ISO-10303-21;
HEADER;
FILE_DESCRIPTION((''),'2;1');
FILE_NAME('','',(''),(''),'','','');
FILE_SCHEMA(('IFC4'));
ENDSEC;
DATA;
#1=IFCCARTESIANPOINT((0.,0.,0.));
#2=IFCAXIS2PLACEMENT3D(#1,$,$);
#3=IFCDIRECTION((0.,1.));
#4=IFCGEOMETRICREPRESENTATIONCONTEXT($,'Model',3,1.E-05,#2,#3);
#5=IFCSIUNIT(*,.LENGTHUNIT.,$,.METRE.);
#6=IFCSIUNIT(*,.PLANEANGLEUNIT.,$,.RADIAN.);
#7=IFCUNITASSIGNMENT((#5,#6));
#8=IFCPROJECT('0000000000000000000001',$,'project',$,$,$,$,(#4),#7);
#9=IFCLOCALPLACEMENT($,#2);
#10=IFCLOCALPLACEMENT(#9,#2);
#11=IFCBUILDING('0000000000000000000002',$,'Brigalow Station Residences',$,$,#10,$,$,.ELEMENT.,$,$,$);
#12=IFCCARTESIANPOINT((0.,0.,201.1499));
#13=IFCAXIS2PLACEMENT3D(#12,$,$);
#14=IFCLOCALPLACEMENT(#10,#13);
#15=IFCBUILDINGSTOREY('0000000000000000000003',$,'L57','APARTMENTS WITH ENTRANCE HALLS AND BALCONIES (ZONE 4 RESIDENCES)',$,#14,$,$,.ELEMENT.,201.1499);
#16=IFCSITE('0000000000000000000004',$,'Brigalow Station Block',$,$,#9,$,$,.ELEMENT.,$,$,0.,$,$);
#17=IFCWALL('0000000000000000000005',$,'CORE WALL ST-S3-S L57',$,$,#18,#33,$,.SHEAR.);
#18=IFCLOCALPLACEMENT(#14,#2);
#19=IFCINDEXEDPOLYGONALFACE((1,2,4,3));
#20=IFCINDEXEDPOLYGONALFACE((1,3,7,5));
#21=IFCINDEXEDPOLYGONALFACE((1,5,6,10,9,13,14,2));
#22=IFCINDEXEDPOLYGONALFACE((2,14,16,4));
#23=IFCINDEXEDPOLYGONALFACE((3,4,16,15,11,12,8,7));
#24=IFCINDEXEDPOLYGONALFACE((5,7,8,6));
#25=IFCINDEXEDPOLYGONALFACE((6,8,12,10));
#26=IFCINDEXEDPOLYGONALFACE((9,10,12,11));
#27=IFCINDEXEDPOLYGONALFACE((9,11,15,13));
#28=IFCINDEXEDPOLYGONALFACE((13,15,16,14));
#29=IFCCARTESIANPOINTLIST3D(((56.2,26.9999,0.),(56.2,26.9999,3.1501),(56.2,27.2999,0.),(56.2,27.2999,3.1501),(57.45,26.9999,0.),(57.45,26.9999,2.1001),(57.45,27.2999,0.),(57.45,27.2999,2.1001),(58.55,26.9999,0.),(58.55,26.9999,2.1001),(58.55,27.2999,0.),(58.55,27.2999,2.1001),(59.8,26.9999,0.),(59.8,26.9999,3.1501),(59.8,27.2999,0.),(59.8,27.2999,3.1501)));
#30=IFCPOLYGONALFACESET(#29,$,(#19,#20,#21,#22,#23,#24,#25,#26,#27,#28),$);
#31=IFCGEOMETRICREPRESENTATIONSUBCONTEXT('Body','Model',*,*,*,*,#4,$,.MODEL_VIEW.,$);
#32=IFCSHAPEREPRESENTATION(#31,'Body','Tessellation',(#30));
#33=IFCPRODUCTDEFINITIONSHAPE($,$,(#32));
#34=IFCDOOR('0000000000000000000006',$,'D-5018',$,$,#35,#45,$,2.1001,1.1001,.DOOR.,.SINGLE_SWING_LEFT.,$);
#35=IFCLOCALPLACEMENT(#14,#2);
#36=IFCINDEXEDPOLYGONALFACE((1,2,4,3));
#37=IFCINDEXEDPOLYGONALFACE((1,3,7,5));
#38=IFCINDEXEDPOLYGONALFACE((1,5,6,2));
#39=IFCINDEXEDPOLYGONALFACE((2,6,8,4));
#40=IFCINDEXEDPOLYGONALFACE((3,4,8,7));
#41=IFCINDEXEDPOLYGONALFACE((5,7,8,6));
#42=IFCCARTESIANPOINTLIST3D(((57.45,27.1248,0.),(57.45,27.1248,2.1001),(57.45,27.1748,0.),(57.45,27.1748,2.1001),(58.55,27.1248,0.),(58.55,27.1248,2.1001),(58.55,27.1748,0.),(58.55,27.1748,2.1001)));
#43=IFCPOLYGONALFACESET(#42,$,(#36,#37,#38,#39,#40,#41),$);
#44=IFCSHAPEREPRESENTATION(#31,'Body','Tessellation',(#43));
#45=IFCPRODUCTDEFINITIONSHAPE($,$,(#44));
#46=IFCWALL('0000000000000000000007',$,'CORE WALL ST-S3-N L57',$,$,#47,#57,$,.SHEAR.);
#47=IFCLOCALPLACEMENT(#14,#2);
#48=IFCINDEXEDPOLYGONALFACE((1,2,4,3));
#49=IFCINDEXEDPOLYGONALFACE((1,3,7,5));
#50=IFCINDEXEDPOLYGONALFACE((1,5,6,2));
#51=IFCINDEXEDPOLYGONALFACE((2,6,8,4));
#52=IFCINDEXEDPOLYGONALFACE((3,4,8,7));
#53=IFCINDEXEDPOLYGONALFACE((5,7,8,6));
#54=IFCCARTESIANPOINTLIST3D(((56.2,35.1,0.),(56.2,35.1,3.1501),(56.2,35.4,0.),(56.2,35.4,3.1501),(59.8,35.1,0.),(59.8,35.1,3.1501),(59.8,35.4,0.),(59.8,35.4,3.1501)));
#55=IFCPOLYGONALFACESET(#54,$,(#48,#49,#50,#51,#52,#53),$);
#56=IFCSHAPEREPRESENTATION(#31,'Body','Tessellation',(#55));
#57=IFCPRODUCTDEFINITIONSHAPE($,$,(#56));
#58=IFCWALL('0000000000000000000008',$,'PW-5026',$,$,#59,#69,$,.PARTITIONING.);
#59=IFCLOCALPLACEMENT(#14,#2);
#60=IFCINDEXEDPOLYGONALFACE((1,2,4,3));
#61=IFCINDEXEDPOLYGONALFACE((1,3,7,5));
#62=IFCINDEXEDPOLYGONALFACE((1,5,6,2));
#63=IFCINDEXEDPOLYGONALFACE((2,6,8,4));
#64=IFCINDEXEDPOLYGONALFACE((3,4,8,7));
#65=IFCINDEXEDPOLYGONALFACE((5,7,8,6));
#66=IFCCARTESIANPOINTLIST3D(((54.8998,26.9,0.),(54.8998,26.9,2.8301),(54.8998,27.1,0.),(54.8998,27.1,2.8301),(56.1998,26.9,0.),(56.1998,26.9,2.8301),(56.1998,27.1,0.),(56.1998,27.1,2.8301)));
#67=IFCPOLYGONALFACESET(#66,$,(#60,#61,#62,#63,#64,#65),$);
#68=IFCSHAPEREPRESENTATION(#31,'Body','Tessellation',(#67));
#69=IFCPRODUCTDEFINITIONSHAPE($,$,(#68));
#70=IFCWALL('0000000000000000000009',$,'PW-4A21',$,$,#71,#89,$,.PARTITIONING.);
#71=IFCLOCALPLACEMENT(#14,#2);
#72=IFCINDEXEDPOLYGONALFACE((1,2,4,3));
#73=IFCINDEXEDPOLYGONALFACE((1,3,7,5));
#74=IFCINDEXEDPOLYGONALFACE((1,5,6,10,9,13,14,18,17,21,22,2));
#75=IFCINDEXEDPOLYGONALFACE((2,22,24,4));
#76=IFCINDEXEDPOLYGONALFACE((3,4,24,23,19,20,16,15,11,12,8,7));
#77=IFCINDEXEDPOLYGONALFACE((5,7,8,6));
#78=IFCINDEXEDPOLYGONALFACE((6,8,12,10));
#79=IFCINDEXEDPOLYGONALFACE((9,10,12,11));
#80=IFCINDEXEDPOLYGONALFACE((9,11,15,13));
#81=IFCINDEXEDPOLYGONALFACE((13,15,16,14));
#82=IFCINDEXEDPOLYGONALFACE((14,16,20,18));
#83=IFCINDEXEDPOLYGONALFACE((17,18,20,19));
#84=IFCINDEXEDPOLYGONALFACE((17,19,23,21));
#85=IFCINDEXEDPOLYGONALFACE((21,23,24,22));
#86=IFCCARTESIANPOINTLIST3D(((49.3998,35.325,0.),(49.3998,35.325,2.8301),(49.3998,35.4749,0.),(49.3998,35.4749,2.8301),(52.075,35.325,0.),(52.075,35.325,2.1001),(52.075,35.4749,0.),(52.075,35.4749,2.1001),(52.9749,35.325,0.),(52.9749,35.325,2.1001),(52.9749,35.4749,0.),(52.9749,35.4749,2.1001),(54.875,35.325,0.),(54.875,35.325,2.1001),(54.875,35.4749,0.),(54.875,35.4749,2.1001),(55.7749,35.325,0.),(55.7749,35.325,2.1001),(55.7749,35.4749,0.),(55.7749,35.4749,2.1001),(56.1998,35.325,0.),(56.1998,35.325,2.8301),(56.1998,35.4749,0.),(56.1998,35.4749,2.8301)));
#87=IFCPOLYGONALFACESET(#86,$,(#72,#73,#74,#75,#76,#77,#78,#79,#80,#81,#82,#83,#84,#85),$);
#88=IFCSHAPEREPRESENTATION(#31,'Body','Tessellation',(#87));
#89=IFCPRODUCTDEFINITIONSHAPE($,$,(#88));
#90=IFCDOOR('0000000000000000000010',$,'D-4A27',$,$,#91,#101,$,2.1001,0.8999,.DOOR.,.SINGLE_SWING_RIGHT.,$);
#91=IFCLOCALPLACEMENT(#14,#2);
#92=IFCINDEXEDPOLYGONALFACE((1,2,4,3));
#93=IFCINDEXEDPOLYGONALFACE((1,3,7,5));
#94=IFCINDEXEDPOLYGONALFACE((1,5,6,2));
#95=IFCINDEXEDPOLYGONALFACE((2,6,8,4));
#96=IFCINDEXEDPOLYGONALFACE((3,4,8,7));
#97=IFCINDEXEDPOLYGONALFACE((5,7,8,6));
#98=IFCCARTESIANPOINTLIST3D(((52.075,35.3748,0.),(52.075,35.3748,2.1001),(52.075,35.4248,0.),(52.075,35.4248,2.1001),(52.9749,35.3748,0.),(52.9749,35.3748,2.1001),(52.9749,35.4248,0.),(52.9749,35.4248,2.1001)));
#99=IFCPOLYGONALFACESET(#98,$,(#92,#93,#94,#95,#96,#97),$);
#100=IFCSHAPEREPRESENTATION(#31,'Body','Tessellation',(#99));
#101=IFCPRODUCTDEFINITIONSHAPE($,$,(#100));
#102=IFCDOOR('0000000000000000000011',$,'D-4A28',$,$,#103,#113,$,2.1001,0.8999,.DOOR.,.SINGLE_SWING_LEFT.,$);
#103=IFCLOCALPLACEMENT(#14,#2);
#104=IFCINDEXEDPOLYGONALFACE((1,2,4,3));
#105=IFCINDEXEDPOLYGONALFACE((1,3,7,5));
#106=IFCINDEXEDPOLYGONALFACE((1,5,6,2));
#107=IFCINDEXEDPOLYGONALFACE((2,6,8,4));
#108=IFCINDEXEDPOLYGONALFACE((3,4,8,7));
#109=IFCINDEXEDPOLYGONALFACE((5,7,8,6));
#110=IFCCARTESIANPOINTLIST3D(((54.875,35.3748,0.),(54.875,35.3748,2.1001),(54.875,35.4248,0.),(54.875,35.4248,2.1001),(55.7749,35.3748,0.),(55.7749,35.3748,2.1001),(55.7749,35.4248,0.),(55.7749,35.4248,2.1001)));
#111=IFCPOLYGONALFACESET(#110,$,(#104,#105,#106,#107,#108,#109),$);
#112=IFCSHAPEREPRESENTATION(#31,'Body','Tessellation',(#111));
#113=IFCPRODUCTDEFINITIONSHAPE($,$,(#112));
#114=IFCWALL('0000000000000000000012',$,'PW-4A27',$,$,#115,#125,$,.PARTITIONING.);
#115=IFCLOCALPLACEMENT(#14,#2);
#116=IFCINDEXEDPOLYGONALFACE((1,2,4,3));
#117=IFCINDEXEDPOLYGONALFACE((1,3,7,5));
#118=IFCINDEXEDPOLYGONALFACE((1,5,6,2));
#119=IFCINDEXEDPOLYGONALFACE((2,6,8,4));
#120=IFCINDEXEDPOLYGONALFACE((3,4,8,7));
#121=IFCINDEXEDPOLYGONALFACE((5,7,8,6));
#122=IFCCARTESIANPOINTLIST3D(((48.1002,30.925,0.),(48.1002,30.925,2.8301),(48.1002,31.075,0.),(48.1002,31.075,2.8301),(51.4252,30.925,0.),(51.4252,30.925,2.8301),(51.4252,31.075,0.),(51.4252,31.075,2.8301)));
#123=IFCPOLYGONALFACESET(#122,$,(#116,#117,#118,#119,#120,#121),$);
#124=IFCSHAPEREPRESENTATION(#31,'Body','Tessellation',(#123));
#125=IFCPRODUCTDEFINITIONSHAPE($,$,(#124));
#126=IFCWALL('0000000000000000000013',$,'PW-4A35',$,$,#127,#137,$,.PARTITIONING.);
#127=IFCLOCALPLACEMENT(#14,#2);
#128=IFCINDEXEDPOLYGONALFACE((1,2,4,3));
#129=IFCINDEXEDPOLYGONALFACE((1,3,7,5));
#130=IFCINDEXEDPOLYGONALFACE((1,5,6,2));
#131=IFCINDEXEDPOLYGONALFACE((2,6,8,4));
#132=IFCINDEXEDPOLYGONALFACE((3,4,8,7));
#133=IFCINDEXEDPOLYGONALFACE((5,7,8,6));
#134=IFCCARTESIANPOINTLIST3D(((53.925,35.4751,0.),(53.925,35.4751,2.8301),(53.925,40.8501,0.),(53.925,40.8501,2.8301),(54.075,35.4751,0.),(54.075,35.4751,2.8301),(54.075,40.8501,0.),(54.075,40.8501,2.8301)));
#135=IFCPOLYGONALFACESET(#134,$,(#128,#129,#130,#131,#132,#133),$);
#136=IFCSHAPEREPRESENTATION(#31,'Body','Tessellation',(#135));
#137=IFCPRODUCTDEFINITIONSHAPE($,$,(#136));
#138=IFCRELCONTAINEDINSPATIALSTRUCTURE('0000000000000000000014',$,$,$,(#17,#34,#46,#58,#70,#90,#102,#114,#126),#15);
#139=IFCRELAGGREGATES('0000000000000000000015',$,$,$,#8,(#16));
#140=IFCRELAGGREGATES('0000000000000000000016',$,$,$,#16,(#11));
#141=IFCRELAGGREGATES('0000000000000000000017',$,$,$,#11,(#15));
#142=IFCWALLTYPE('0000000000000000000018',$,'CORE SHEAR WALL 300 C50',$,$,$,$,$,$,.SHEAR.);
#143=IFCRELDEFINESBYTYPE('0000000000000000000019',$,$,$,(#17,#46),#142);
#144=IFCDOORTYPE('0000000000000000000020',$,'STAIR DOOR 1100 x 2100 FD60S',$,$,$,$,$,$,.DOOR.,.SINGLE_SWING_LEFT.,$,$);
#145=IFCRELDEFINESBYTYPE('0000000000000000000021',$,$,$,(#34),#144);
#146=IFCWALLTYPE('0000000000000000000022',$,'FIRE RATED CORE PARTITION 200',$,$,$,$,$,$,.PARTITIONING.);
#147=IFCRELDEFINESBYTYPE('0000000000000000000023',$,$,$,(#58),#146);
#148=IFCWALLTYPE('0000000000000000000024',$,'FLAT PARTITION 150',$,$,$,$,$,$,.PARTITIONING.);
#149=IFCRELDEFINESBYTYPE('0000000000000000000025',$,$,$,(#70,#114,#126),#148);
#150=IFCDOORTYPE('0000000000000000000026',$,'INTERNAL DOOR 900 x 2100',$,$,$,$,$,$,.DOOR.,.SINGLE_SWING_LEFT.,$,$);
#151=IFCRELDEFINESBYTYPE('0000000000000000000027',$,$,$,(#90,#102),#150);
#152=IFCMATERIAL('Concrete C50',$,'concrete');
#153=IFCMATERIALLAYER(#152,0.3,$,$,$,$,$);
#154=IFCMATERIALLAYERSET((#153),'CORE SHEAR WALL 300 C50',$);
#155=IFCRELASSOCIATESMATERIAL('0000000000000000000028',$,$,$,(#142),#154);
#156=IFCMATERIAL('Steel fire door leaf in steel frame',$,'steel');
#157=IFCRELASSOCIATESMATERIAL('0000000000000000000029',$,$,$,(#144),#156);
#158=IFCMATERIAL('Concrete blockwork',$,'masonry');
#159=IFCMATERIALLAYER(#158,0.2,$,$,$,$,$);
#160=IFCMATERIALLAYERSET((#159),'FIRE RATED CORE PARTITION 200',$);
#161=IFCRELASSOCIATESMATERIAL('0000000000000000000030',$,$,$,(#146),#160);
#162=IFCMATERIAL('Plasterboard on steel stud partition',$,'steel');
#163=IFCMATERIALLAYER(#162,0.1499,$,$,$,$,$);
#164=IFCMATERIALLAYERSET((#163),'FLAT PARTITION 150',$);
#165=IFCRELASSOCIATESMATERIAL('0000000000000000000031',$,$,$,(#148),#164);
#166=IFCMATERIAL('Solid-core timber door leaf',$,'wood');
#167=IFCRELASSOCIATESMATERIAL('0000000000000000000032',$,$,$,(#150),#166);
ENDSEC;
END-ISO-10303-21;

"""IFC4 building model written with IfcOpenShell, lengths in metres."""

from ifc_helpers import new_model, si_unit, direction, frame, frame_2d, origin, place, context, subcontext, project, spatial, rectangle, extrude, material, layer, layer_set, type_object, element, fill, save


model = new_model("IFC4")

# Units and contexts
model_context = context("Model", 3, precision=1e-05, world=origin(), true_north=direction((0.0, 1.0)))
body_context = subcontext(model_context, "Body", "Model", "MODEL_VIEW")
ifc_project = project(units=[si_unit("LENGTHUNIT", "METRE"), si_unit("PLANEANGLEUNIT", "RADIAN")], contexts=[model_context])

# Site, building, storey
site_placement = place(None, origin())
site = spatial("IfcSite", under=ifc_project, at=site_placement, Name="Brigalow Station Block", CompositionType="ELEMENT", RefElevation=0.0)
building_placement = place(site_placement, origin())
building = spatial("IfcBuilding", under=site, at=building_placement, Name="Brigalow Station Residences", CompositionType="ELEMENT")
storey_placement = place(building_placement, frame((0.0, 0.0, 201.1499)))
storey = spatial("IfcBuildingStorey", under=building, at=storey_placement, Name="L57", Description="APARTMENTS WITH ENTRANCE HALLS AND BALCONIES (ZONE 4 RESIDENCES)", CompositionType="ELEMENT", Elevation=201.1499)

# Wall, opening, door
ifc_material_1 = material(Name="Concrete C50", Category="concrete")
ifc_layer_1 = layer(ifc_material_1, 0.3)
ifc_layer_set_1 = layer_set([ifc_layer_1], Name="CORE SHEAR WALL 300 C50")
wall_type_1 = type_object("IfcWallType", Name="CORE SHEAR WALL 300 C50", PredefinedType="SHEAR", material=ifc_layer_set_1)
wall_1_placement = place(storey_placement, frame((56.2, 27.1499, 0.0), z_axis=(0.0, 0.0, 1.0), x_axis=(1.0, 0.0, 0.0)))
wall_1 = element("IfcWall", 1, at=wall_1_placement, inside=storey, type_object=wall_type_1, Name="CORE WALL ST-S3-S L57", PredefinedType="SHEAR", context=body_context, shape_type="SweptSolid", body=[
    extrude(rectangle(XDim=3.6001, YDim=0.3, at=frame_2d((1.8, 0.0))), origin(), (0.0, 0.0, 1.0), 3.1501),
])
opening_1_placement = place(wall_1_placement, frame((1.25, 0.0, 0.0)))
opening_1 = element("IfcOpeningElement", 2, at=opening_1_placement, cuts=wall_1, PredefinedType="OPENING", context=body_context, shape_type="SweptSolid", body=[
    extrude(rectangle(XDim=1.1001, YDim=2.1001, at=frame_2d((0.55, 1.05))), frame((0.0, 0.1602, 0.0), z_axis=(0.0, -1.0, 0.0), x_axis=(1.0, 0.0, 0.0)), (0.0, 0.0, 1.0), 0.3201),
])
ifc_material_2 = material(Name="Steel fire door leaf in steel frame", Category="steel")
door_type_1 = type_object("IfcDoorType", Name="STAIR DOOR 1100 x 2100 FD60S", OperationType="SINGLE_SWING_LEFT", PredefinedType="DOOR", material=ifc_material_2)
door_1_placement = place(opening_1_placement, origin())
door_1 = element("IfcDoor", 3, at=door_1_placement, inside=storey, type_object=door_type_1, Name="D-5018", OperationType="SINGLE_SWING_LEFT", OverallHeight=2.1001, OverallWidth=1.1001, PredefinedType="DOOR", context=body_context, shape_type="SweptSolid", body=[
    extrude(rectangle(XDim=1.1001, YDim=2.1001, at=frame_2d((0.55, 1.05))), frame((0.0, 0.0249, 0.0), z_axis=(0.0, -1.0, 0.0), x_axis=(1.0, 0.0, 0.0)), (0.0, 0.0, 1.0), 0.05),
])
fill(opening_1, door_1)

# Walls
wall_2_placement = place(storey_placement, frame((56.2, 35.25, 0.0), z_axis=(0.0, 0.0, 1.0), x_axis=(1.0, 0.0, 0.0)))
element("IfcWall", 4, at=wall_2_placement, inside=storey, type_object=wall_type_1, Name="CORE WALL ST-S3-N L57", PredefinedType="SHEAR", context=body_context, shape_type="SweptSolid", body=[
    extrude(rectangle(XDim=3.6001, YDim=0.3, at=frame_2d((1.8, 0.0))), origin(), (0.0, 0.0, 1.0), 3.1501),
])
ifc_material_3 = material(Name="Concrete blockwork", Category="masonry")
ifc_layer_2 = layer(ifc_material_3, 0.2)
ifc_layer_set_2 = layer_set([ifc_layer_2], Name="FIRE RATED CORE PARTITION 200")
wall_type_2 = type_object("IfcWallType", Name="FIRE RATED CORE PARTITION 200", PredefinedType="PARTITIONING", material=ifc_layer_set_2)
wall_3_placement = place(storey_placement, frame((54.8999, 27.0, 0.0), z_axis=(0.0, 0.0, 1.0), x_axis=(1.0, 0.0, 0.0)))
element("IfcWall", 5, at=wall_3_placement, inside=storey, type_object=wall_type_2, Name="PW-5026", PredefinedType="PARTITIONING", context=body_context, shape_type="SweptSolid", body=[
    extrude(rectangle(XDim=1.3, YDim=0.2, at=frame_2d((0.6499, 0.0))), origin(), (0.0, 0.0, 1.0), 2.8301),
])

# Wall, openings, doors
ifc_material_4 = material(Name="Plasterboard on steel stud partition", Category="steel")
ifc_layer_3 = layer(ifc_material_4, 0.1499)
ifc_layer_set_3 = layer_set([ifc_layer_3], Name="FLAT PARTITION 150")
wall_type_3 = type_object("IfcWallType", Name="FLAT PARTITION 150", PredefinedType="PARTITIONING", material=ifc_layer_set_3)
wall_4_placement = place(storey_placement, frame((49.3999, 35.3999, 0.0), z_axis=(0.0, 0.0, 1.0), x_axis=(1.0, 0.0, 0.0)))
wall_4 = element("IfcWall", 6, at=wall_4_placement, inside=storey, type_object=wall_type_3, Name="PW-4A21", PredefinedType="PARTITIONING", context=body_context, shape_type="SweptSolid", body=[
    extrude(rectangle(XDim=6.8, YDim=0.1499, at=frame_2d((3.3999, 0.0))), origin(), (0.0, 0.0, 1.0), 2.8301),
])
opening_2_placement = place(wall_4_placement, frame((2.675, 0.0, 0.0)))
opening_2 = element("IfcOpeningElement", 7, at=opening_2_placement, cuts=wall_4, PredefinedType="OPENING", context=body_context, shape_type="SweptSolid", body=[
    extrude(rectangle(XDim=0.8999, YDim=2.1001, at=frame_2d((0.45, 1.05))), frame((0.0, 0.085, 0.0), z_axis=(0.0, -1.0, 0.0), x_axis=(1.0, 0.0, 0.0)), (0.0, 0.0, 1.0), 0.1699),
])
opening_3_placement = place(wall_4_placement, frame((5.4751, 0.0, 0.0)))
opening_3 = element("IfcOpeningElement", 8, at=opening_3_placement, cuts=wall_4, PredefinedType="OPENING", context=body_context, shape_type="SweptSolid", body=[
    extrude(rectangle(XDim=0.8999, YDim=2.1001, at=frame_2d((0.45, 1.05))), frame((0.0, 0.085, 0.0), z_axis=(0.0, -1.0, 0.0), x_axis=(1.0, 0.0, 0.0)), (0.0, 0.0, 1.0), 0.1699),
])
ifc_material_5 = material(Name="Solid-core timber door leaf", Category="wood")
door_type_2 = type_object("IfcDoorType", Name="INTERNAL DOOR 900 x 2100", OperationType="SINGLE_SWING_LEFT", PredefinedType="DOOR", material=ifc_material_5)
door_2_placement = place(opening_2_placement, origin())
door_2 = element("IfcDoor", 9, at=door_2_placement, inside=storey, type_object=door_type_2, Name="D-4A27", OperationType="SINGLE_SWING_RIGHT", OverallHeight=2.1001, OverallWidth=0.8999, PredefinedType="DOOR", context=body_context, shape_type="SweptSolid", body=[
    extrude(rectangle(XDim=0.8999, YDim=2.1001, at=frame_2d((0.45, 1.05))), frame((0.0, 0.0249, 0.0), z_axis=(0.0, -1.0, 0.0), x_axis=(1.0, 0.0, 0.0)), (0.0, 0.0, 1.0), 0.05),
])
fill(opening_2, door_2)
door_3_placement = place(opening_3_placement, origin())
door_3 = element("IfcDoor", 10, at=door_3_placement, inside=storey, type_object=door_type_2, Name="D-4A28", OperationType="SINGLE_SWING_LEFT", OverallHeight=2.1001, OverallWidth=0.8999, PredefinedType="DOOR", context=body_context, shape_type="SweptSolid", body=[
    extrude(rectangle(XDim=0.8999, YDim=2.1001, at=frame_2d((0.45, 1.05))), frame((0.0, 0.0249, 0.0), z_axis=(0.0, -1.0, 0.0), x_axis=(1.0, 0.0, 0.0)), (0.0, 0.0, 1.0), 0.05),
])
fill(opening_3, door_3)

# Walls
wall_5_placement = place(storey_placement, frame((48.1001, 31.0, 0.0), z_axis=(0.0, 0.0, 1.0), x_axis=(1.0, 0.0, 0.0)))
element("IfcWall", 11, at=wall_5_placement, inside=storey, type_object=wall_type_3, Name="PW-4A27", PredefinedType="PARTITIONING", context=body_context, shape_type="SweptSolid", body=[
    extrude(rectangle(XDim=3.325, YDim=0.1499, at=frame_2d((1.6626, 0.0))), origin(), (0.0, 0.0, 1.0), 2.8301),
])
wall_6_placement = place(storey_placement, frame((54.0, 35.4751, 0.0), z_axis=(0.0, 0.0, 1.0), x_axis=(0.0, 1.0, 0.0)))
element("IfcWall", 12, at=wall_6_placement, inside=storey, type_object=wall_type_3, Name="PW-4A35", PredefinedType="PARTITIONING", context=body_context, shape_type="SweptSolid", body=[
    extrude(rectangle(XDim=5.375, YDim=0.1499, at=frame_2d((2.6875, 0.0))), origin(), (0.0, 0.0, 1.0), 2.8301),
])

save(model, "model.ifc")
